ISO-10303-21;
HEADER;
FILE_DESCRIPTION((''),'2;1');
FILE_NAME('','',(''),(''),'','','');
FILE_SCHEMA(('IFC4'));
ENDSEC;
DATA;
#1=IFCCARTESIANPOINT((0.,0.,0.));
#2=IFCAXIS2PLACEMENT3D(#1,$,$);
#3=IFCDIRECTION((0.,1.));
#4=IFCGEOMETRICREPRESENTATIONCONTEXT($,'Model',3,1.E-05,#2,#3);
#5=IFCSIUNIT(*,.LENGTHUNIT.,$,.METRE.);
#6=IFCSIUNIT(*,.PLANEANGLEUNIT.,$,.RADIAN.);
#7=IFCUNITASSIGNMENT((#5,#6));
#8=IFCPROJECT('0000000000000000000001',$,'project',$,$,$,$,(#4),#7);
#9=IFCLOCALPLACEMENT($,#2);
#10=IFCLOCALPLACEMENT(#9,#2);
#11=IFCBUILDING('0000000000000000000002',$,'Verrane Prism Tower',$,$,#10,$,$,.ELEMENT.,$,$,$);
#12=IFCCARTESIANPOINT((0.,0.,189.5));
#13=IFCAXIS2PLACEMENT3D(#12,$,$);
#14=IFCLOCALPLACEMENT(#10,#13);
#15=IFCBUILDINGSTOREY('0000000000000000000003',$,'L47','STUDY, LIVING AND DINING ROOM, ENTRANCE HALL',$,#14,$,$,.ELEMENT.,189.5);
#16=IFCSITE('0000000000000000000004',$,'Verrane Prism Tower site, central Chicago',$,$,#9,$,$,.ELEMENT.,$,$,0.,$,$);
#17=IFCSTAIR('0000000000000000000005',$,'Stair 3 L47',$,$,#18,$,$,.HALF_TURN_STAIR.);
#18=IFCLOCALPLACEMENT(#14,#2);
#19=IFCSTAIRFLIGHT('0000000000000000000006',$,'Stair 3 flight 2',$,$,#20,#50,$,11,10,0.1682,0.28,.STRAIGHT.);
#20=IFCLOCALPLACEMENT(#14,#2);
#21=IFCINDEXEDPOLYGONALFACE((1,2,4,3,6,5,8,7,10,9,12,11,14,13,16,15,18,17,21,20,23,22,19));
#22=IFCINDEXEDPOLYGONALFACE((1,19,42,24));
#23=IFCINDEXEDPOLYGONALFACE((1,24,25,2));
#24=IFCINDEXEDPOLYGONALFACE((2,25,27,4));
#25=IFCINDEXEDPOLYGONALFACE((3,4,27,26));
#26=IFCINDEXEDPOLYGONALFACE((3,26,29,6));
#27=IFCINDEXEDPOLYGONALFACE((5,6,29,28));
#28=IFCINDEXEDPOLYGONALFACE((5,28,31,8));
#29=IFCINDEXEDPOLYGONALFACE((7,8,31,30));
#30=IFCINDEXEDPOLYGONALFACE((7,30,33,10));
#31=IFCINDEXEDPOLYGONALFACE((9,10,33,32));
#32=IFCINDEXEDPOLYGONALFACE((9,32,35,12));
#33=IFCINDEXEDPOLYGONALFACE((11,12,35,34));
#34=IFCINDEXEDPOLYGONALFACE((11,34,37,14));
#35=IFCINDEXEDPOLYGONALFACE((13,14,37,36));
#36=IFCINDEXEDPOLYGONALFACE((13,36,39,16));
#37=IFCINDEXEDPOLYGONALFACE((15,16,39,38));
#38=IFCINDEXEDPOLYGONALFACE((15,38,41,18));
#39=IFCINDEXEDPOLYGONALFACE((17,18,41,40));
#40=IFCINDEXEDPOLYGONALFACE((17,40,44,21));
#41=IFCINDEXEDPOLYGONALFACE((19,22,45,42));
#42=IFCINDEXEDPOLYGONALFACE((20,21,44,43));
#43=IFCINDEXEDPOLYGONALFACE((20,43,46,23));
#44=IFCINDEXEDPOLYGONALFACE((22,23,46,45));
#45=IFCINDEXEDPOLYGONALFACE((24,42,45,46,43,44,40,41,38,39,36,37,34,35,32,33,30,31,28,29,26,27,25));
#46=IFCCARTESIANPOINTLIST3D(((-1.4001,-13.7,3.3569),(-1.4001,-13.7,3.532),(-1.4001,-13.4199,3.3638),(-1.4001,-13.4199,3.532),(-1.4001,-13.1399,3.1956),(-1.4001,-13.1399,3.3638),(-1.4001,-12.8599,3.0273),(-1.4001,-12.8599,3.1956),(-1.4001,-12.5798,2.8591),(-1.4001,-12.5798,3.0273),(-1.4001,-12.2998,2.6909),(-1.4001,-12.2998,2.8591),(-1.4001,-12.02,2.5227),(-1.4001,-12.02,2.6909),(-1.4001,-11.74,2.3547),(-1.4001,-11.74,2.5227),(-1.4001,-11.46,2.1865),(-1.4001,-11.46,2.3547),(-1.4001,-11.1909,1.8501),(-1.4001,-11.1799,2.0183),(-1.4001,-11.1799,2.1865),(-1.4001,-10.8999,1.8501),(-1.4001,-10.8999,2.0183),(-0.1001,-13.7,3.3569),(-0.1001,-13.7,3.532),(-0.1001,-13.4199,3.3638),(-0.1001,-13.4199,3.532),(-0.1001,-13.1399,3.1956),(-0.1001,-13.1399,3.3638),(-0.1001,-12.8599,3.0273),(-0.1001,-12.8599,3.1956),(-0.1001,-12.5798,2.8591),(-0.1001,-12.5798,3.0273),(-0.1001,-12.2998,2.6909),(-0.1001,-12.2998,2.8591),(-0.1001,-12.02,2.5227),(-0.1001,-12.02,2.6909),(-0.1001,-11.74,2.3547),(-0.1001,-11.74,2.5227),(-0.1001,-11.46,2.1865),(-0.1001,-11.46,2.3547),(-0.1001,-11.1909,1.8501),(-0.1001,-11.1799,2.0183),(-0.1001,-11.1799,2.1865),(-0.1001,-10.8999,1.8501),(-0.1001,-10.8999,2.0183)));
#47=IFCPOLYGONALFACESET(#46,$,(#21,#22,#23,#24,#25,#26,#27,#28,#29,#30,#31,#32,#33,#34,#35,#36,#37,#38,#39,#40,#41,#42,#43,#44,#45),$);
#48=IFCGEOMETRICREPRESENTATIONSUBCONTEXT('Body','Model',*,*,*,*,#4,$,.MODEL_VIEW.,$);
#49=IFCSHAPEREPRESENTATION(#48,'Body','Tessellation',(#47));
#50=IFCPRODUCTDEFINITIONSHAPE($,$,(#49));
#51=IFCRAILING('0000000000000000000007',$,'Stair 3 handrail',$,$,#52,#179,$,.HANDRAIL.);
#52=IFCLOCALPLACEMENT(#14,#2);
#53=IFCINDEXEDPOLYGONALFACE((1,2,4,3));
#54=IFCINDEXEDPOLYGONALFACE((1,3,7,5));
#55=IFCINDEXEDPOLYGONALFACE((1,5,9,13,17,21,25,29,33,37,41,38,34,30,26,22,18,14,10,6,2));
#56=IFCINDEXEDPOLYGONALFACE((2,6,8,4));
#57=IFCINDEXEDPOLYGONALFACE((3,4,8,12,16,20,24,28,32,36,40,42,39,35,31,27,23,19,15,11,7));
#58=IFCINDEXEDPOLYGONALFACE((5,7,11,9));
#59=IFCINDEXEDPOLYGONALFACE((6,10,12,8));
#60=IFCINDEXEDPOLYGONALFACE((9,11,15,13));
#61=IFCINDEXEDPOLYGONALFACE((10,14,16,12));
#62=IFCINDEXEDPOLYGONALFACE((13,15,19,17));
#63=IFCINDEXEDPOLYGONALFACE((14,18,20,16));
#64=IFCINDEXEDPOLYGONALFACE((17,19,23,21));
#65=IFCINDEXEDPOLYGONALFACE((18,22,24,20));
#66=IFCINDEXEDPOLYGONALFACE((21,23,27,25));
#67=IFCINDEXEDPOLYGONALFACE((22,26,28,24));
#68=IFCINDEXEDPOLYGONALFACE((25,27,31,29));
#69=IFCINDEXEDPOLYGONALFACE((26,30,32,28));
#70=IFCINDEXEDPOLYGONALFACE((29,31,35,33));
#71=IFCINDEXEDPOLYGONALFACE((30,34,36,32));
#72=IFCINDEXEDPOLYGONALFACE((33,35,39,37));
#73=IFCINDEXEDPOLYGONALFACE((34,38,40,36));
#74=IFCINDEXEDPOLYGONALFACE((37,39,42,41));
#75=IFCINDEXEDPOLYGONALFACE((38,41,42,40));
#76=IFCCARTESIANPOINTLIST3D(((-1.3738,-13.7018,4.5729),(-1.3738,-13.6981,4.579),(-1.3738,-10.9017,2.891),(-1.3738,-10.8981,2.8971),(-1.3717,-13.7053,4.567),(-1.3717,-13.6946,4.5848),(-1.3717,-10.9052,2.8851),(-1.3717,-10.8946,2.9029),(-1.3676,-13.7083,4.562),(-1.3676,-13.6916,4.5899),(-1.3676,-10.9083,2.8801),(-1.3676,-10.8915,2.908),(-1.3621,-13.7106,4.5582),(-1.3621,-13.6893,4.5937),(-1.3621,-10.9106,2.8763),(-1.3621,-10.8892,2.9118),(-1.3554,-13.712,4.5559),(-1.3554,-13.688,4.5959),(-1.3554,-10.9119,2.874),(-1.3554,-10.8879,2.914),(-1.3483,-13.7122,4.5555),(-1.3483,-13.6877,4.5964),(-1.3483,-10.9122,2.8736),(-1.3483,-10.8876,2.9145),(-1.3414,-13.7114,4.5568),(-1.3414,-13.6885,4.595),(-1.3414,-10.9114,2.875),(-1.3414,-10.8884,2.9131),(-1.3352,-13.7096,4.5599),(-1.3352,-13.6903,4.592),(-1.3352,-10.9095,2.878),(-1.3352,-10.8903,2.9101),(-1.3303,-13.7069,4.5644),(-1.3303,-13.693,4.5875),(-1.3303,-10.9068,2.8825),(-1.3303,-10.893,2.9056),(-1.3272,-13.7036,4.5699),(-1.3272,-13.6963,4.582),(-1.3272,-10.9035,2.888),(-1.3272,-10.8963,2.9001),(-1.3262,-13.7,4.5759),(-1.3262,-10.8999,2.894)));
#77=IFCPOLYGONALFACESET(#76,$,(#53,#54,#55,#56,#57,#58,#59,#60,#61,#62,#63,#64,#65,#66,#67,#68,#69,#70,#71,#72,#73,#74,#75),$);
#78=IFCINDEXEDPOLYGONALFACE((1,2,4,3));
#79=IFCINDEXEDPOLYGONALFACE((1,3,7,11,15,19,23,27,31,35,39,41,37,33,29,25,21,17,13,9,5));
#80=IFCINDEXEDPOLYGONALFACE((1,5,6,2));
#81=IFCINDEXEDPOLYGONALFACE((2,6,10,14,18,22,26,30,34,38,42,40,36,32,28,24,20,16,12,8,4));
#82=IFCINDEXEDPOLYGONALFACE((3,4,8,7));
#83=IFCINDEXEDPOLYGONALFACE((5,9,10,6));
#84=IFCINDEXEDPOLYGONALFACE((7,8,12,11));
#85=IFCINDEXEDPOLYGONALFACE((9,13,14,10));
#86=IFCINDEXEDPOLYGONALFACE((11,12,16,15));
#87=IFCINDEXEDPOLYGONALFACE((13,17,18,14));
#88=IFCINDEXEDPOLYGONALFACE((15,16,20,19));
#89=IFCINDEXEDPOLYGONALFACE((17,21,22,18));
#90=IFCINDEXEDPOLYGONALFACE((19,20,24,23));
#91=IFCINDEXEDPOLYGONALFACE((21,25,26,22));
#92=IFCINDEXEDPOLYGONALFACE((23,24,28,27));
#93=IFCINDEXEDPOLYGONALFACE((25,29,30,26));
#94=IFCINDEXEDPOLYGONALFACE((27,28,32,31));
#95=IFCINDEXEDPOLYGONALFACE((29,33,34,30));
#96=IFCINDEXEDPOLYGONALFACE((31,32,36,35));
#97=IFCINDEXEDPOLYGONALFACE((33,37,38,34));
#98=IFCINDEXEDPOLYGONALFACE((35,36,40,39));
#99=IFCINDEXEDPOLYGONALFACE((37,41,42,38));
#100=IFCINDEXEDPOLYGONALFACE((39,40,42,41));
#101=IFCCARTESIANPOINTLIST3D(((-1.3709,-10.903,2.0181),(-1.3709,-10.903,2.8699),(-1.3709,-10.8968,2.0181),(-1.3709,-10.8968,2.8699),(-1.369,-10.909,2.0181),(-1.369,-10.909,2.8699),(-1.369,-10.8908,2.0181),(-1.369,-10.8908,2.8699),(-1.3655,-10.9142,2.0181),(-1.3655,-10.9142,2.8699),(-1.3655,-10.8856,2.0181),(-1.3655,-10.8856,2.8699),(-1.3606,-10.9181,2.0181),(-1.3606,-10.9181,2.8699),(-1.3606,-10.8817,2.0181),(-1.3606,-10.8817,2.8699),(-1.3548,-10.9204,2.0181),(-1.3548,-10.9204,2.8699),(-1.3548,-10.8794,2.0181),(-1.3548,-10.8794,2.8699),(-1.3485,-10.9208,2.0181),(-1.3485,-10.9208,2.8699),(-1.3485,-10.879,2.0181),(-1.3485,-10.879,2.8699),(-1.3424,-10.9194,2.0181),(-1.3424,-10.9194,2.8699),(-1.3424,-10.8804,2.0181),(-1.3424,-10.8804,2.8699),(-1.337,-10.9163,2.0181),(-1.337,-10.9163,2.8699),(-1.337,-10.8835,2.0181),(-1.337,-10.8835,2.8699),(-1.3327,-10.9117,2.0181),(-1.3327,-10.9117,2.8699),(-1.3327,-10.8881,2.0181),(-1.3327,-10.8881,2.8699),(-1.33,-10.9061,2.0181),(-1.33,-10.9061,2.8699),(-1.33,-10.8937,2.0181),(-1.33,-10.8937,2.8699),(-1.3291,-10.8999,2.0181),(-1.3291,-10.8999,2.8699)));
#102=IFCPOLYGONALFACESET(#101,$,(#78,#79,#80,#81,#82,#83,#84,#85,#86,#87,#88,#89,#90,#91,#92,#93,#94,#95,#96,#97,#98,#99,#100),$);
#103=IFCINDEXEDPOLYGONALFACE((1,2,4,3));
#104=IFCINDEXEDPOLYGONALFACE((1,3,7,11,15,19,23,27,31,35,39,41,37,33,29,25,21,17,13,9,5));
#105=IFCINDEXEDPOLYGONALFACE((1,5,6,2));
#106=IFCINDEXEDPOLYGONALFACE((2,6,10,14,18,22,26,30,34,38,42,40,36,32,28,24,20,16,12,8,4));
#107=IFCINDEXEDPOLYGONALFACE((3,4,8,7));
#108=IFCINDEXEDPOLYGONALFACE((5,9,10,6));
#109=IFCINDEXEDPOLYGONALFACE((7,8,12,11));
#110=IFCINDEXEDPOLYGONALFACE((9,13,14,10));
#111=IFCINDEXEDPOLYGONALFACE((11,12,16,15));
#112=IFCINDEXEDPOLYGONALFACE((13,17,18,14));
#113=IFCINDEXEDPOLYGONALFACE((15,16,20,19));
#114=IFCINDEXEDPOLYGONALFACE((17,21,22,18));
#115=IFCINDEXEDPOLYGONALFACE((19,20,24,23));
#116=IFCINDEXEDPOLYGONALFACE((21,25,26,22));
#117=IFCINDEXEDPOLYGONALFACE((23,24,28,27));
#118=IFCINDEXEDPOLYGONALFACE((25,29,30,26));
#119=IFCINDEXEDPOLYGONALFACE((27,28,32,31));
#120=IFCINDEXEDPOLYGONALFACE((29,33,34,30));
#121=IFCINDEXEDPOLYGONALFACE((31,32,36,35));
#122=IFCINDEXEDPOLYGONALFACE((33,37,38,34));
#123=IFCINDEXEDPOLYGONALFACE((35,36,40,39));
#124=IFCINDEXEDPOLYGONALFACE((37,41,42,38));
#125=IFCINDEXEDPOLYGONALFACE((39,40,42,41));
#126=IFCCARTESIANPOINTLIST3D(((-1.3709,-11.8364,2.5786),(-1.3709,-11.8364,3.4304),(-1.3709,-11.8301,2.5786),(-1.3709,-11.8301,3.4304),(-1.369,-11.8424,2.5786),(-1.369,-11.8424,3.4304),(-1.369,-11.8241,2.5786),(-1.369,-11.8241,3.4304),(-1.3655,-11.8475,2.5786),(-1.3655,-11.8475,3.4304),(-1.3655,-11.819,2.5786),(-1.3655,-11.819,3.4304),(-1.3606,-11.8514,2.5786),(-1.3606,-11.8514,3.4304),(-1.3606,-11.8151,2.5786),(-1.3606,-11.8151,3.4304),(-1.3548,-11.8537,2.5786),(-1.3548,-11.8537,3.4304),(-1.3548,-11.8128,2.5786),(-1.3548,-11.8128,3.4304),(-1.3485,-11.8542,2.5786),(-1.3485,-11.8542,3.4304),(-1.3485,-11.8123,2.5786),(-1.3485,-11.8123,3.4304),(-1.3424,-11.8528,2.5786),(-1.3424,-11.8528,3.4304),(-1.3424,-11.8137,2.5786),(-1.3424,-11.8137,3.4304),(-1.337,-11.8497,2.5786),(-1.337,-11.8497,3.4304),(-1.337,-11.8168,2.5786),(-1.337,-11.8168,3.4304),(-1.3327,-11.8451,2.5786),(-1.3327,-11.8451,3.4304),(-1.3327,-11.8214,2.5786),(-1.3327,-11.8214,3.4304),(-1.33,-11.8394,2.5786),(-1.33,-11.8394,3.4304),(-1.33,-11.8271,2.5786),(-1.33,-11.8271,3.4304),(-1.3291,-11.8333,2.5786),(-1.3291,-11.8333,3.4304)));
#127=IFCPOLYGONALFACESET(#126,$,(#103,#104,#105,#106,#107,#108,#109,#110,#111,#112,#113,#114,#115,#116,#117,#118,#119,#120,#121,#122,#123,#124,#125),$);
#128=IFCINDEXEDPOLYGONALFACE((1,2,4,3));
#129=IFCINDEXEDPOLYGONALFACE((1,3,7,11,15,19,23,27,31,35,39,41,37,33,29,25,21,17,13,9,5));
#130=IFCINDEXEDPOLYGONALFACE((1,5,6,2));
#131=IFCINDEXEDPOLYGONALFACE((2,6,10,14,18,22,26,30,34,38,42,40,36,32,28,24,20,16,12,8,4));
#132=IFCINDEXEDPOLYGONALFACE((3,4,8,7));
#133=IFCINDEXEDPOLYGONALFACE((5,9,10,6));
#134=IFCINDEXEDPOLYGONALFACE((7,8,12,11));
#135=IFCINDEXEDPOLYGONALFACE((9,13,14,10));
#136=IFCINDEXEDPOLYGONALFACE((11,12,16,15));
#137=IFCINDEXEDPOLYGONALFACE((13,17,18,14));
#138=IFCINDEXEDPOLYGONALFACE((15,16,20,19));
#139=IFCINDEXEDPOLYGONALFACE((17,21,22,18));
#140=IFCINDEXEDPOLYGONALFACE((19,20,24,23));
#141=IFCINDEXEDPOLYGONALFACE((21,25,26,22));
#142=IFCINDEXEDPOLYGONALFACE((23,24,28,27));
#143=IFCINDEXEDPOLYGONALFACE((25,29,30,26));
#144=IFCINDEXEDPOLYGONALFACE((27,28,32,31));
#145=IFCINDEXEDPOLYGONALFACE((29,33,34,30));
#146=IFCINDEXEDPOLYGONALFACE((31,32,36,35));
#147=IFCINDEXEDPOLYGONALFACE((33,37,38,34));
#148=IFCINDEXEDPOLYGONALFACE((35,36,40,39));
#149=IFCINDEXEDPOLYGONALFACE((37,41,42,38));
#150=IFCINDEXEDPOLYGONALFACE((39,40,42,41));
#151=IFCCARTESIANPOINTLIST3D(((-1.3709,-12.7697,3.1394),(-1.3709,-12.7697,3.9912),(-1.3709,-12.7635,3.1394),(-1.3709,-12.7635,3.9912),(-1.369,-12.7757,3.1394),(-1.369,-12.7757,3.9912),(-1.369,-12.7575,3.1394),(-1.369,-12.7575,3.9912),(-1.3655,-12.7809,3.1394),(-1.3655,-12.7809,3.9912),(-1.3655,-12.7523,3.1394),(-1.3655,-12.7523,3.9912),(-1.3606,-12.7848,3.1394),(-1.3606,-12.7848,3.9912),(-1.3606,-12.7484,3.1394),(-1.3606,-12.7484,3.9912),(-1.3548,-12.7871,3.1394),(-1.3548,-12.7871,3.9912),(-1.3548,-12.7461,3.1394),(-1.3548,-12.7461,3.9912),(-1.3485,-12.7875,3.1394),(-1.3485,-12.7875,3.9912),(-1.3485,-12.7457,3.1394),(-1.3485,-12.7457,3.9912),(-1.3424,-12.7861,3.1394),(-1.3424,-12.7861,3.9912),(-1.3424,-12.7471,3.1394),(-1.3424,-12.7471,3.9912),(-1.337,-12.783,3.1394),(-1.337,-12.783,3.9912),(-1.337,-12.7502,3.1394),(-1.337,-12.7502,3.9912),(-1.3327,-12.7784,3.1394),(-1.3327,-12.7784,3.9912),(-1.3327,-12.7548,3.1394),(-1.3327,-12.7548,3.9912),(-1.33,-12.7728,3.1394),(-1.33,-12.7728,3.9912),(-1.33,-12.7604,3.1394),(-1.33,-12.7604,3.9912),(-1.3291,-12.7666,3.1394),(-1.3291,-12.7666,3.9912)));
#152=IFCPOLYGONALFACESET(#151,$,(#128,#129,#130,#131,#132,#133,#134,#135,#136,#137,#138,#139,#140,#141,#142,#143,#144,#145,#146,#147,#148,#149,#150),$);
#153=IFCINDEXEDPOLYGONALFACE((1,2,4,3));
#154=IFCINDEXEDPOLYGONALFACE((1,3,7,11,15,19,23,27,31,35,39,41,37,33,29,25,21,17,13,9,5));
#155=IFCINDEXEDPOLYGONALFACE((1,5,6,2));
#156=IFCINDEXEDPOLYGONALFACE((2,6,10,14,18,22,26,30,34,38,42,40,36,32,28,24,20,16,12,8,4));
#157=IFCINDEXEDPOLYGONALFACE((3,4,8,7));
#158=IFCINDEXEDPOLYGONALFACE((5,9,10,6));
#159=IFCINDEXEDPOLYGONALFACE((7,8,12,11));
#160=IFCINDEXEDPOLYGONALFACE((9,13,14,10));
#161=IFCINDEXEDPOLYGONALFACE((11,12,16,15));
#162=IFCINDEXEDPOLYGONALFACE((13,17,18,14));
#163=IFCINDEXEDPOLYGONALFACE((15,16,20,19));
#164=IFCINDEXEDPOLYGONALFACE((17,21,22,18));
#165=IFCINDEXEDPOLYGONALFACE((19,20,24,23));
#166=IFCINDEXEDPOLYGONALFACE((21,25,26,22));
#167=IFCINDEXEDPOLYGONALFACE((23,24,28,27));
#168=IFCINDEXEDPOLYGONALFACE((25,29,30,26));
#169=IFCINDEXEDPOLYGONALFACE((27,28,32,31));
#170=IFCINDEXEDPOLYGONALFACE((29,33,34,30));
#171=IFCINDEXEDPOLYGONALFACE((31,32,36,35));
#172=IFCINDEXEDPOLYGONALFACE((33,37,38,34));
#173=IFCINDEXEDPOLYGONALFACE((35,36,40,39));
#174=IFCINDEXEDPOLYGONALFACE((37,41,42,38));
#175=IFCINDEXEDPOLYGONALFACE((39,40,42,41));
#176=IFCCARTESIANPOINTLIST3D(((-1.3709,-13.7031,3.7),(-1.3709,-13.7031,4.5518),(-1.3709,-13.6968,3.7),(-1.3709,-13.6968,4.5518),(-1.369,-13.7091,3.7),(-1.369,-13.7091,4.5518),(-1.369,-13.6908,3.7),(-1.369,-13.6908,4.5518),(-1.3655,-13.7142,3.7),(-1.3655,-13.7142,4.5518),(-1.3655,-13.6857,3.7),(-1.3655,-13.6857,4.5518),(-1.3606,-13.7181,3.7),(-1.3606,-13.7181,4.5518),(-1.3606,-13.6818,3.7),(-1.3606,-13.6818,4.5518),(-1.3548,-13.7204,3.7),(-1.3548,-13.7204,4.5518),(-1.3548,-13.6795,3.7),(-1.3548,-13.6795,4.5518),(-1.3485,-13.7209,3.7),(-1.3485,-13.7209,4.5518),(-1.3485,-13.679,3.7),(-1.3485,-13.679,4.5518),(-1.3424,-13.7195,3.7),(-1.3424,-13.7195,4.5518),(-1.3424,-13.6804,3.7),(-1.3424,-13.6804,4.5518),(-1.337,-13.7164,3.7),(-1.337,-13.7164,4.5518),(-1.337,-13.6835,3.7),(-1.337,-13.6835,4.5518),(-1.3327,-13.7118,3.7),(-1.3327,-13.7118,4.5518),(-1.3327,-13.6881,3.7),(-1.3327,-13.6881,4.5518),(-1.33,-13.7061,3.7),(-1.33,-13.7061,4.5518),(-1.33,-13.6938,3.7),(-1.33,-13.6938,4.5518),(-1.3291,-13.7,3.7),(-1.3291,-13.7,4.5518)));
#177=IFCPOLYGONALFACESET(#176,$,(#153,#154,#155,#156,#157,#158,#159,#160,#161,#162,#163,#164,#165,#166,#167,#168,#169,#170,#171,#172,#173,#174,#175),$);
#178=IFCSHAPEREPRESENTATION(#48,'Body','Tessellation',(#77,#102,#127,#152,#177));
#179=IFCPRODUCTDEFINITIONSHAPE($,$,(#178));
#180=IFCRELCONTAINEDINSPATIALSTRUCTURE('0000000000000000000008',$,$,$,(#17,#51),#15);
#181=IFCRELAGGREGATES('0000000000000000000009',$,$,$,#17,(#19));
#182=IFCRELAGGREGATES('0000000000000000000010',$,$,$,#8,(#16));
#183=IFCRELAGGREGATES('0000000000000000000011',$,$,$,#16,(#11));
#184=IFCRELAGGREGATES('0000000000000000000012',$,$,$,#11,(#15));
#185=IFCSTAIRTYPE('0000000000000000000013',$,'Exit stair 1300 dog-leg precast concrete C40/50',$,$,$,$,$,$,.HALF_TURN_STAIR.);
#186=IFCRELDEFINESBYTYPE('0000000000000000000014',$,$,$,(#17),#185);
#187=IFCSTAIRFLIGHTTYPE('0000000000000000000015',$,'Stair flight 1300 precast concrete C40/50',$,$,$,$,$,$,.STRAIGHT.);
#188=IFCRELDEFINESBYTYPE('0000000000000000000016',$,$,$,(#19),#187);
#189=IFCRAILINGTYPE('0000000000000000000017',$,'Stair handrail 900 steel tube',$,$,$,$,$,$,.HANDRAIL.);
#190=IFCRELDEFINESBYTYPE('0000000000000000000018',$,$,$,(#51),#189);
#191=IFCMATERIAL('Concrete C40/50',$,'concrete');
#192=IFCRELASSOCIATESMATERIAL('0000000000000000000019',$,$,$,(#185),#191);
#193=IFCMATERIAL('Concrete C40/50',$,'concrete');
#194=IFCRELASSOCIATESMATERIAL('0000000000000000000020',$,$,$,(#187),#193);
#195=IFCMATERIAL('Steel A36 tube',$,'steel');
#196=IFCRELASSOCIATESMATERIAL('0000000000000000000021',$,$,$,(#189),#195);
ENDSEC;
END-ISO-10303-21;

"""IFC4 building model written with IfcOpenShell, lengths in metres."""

from ifc_helpers import new_model, si_unit, direction, frame, origin, origin_2d, place, context, subcontext, project, spatial, polyline, circle, outline, extrude, material, type_object, element, aggregate, save


model = new_model("IFC4")

# Units and contexts
model_context = context("Model", 3, precision=1e-05, world=origin(), true_north=direction((0.0, 1.0)))
body_context = subcontext(model_context, "Body", "Model", "MODEL_VIEW")
ifc_project = project(units=[si_unit("LENGTHUNIT", "METRE"), si_unit("PLANEANGLEUNIT", "RADIAN")], contexts=[model_context])

# Site, building, storey
site_placement = place(None, origin())
site = spatial("IfcSite", under=ifc_project, at=site_placement, Name="Verrane Prism Tower site, central Chicago", CompositionType="ELEMENT", RefElevation=0.0)
building_placement = place(site_placement, origin())
building = spatial("IfcBuilding", under=site, at=building_placement, Name="Verrane Prism Tower", CompositionType="ELEMENT")
storey_placement = place(building_placement, frame((0.0, 0.0, 189.5)))
storey = spatial("IfcBuildingStorey", under=building, at=storey_placement, Name="L47", Description="STUDY, LIVING AND DINING ROOM, ENTRANCE HALL", CompositionType="ELEMENT", Elevation=189.5)

# Stair, stair flight
ifc_material_1 = material(Name="Concrete C40/50", Category="concrete")
stair_type = type_object("IfcStairType", Name="Exit stair 1300 dog-leg precast concrete C40/50", PredefinedType="HALF_TURN_STAIR", material=ifc_material_1)
stair_placement = place(storey_placement, origin())
stair = element("IfcStair", 1, at=stair_placement, inside=storey, type_object=stair_type, Name="Stair 3 L47", PredefinedType="HALF_TURN_STAIR")
ifc_material_2 = material(Name="Concrete C40/50", Category="concrete")
stair_flight_type = type_object("IfcStairFlightType", Name="Stair flight 1300 precast concrete C40/50", PredefinedType="STRAIGHT", material=ifc_material_2)
stair_flight_placement = place(storey_placement, frame((-0.75, -10.8999, 1.8501), z_axis=(0.0, 0.0, 1.0), x_axis=(0.0, -1.0, 0.0)))
stair_flight = element("IfcStairFlight", 2, at=stair_flight_placement, type_object=stair_flight_type, Name="Stair 3 flight 2", NumberOfRisers=11, NumberOfTreads=10, PredefinedType="STRAIGHT", RiserHeight=0.1682, TreadLength=0.28, context=body_context, shape_type="SweptSolid", body=[
    extrude(outline(polyline([(0.0, 0.0), (0.0, 0.1682), (0.28, 0.1682), (0.28, 0.3364), (0.5601, 0.3364), (0.5601, 0.5046), (0.8401, 0.5046), (0.8401, 0.6726), (1.1201, 0.6726), (1.1201, 0.8408), (1.3999, 0.8408), (1.3999, 1.009), (1.6799, 1.009), (1.6799, 1.1772), (1.96, 1.1772), (1.96, 1.3455), (2.24, 1.3455), (2.24, 1.5137), (2.52, 1.5137), (2.52, 1.6819), (2.8, 1.6819), (2.8, 1.8501), (2.8, 1.5068), (0.291, 0.0), (0.0, 0.0)])), frame((0.0, 0.6499, 0.0), z_axis=(0.0, -1.0, 0.0), x_axis=(1.0, 0.0, 0.0)), (0.0, 0.0, 1.0), 1.3),
])
aggregate(stair, [stair_flight])

# Railing
ifc_material_3 = material(Name="Steel A36 tube", Category="steel")
railing_type = type_object("IfcRailingType", Name="Stair handrail 900 steel tube", PredefinedType="HANDRAIL", material=ifc_material_3)
railing_placement = place(storey_placement, frame((-1.3501, -10.8999, 2.0181)))
element("IfcRailing", 3, at=railing_placement, inside=storey, type_object=railing_type, Name="Stair 3 handrail", PredefinedType="HANDRAIL", context=body_context, shape_type="SweptSolid", body=[
    extrude(circle(Radius=0.0239, at=origin_2d()), frame((0.0, 0.0, 0.876), z_axis=(0.0, -0.857242, 0.514913), x_axis=(1.0, 0.0, 0.0)), (0.0, 0.0, 1.0), 3.2664),
    extrude(circle(Radius=0.021, at=origin_2d()), origin(), (0.0, 0.0, 1.0), 0.8518),
    extrude(circle(Radius=0.021, at=origin_2d()), frame((0.0, -0.9333, 0.5605)), (0.0, 0.0, 1.0), 0.8518),
    extrude(circle(Radius=0.021, at=origin_2d()), frame((0.0, -1.8667, 1.1213)), (0.0, 0.0, 1.0), 0.8518),
    extrude(circle(Radius=0.021, at=origin_2d()), frame((0.0, -2.8, 1.6819)), (0.0, 0.0, 1.0), 0.8518),
])

save(model, "model.ifc")
